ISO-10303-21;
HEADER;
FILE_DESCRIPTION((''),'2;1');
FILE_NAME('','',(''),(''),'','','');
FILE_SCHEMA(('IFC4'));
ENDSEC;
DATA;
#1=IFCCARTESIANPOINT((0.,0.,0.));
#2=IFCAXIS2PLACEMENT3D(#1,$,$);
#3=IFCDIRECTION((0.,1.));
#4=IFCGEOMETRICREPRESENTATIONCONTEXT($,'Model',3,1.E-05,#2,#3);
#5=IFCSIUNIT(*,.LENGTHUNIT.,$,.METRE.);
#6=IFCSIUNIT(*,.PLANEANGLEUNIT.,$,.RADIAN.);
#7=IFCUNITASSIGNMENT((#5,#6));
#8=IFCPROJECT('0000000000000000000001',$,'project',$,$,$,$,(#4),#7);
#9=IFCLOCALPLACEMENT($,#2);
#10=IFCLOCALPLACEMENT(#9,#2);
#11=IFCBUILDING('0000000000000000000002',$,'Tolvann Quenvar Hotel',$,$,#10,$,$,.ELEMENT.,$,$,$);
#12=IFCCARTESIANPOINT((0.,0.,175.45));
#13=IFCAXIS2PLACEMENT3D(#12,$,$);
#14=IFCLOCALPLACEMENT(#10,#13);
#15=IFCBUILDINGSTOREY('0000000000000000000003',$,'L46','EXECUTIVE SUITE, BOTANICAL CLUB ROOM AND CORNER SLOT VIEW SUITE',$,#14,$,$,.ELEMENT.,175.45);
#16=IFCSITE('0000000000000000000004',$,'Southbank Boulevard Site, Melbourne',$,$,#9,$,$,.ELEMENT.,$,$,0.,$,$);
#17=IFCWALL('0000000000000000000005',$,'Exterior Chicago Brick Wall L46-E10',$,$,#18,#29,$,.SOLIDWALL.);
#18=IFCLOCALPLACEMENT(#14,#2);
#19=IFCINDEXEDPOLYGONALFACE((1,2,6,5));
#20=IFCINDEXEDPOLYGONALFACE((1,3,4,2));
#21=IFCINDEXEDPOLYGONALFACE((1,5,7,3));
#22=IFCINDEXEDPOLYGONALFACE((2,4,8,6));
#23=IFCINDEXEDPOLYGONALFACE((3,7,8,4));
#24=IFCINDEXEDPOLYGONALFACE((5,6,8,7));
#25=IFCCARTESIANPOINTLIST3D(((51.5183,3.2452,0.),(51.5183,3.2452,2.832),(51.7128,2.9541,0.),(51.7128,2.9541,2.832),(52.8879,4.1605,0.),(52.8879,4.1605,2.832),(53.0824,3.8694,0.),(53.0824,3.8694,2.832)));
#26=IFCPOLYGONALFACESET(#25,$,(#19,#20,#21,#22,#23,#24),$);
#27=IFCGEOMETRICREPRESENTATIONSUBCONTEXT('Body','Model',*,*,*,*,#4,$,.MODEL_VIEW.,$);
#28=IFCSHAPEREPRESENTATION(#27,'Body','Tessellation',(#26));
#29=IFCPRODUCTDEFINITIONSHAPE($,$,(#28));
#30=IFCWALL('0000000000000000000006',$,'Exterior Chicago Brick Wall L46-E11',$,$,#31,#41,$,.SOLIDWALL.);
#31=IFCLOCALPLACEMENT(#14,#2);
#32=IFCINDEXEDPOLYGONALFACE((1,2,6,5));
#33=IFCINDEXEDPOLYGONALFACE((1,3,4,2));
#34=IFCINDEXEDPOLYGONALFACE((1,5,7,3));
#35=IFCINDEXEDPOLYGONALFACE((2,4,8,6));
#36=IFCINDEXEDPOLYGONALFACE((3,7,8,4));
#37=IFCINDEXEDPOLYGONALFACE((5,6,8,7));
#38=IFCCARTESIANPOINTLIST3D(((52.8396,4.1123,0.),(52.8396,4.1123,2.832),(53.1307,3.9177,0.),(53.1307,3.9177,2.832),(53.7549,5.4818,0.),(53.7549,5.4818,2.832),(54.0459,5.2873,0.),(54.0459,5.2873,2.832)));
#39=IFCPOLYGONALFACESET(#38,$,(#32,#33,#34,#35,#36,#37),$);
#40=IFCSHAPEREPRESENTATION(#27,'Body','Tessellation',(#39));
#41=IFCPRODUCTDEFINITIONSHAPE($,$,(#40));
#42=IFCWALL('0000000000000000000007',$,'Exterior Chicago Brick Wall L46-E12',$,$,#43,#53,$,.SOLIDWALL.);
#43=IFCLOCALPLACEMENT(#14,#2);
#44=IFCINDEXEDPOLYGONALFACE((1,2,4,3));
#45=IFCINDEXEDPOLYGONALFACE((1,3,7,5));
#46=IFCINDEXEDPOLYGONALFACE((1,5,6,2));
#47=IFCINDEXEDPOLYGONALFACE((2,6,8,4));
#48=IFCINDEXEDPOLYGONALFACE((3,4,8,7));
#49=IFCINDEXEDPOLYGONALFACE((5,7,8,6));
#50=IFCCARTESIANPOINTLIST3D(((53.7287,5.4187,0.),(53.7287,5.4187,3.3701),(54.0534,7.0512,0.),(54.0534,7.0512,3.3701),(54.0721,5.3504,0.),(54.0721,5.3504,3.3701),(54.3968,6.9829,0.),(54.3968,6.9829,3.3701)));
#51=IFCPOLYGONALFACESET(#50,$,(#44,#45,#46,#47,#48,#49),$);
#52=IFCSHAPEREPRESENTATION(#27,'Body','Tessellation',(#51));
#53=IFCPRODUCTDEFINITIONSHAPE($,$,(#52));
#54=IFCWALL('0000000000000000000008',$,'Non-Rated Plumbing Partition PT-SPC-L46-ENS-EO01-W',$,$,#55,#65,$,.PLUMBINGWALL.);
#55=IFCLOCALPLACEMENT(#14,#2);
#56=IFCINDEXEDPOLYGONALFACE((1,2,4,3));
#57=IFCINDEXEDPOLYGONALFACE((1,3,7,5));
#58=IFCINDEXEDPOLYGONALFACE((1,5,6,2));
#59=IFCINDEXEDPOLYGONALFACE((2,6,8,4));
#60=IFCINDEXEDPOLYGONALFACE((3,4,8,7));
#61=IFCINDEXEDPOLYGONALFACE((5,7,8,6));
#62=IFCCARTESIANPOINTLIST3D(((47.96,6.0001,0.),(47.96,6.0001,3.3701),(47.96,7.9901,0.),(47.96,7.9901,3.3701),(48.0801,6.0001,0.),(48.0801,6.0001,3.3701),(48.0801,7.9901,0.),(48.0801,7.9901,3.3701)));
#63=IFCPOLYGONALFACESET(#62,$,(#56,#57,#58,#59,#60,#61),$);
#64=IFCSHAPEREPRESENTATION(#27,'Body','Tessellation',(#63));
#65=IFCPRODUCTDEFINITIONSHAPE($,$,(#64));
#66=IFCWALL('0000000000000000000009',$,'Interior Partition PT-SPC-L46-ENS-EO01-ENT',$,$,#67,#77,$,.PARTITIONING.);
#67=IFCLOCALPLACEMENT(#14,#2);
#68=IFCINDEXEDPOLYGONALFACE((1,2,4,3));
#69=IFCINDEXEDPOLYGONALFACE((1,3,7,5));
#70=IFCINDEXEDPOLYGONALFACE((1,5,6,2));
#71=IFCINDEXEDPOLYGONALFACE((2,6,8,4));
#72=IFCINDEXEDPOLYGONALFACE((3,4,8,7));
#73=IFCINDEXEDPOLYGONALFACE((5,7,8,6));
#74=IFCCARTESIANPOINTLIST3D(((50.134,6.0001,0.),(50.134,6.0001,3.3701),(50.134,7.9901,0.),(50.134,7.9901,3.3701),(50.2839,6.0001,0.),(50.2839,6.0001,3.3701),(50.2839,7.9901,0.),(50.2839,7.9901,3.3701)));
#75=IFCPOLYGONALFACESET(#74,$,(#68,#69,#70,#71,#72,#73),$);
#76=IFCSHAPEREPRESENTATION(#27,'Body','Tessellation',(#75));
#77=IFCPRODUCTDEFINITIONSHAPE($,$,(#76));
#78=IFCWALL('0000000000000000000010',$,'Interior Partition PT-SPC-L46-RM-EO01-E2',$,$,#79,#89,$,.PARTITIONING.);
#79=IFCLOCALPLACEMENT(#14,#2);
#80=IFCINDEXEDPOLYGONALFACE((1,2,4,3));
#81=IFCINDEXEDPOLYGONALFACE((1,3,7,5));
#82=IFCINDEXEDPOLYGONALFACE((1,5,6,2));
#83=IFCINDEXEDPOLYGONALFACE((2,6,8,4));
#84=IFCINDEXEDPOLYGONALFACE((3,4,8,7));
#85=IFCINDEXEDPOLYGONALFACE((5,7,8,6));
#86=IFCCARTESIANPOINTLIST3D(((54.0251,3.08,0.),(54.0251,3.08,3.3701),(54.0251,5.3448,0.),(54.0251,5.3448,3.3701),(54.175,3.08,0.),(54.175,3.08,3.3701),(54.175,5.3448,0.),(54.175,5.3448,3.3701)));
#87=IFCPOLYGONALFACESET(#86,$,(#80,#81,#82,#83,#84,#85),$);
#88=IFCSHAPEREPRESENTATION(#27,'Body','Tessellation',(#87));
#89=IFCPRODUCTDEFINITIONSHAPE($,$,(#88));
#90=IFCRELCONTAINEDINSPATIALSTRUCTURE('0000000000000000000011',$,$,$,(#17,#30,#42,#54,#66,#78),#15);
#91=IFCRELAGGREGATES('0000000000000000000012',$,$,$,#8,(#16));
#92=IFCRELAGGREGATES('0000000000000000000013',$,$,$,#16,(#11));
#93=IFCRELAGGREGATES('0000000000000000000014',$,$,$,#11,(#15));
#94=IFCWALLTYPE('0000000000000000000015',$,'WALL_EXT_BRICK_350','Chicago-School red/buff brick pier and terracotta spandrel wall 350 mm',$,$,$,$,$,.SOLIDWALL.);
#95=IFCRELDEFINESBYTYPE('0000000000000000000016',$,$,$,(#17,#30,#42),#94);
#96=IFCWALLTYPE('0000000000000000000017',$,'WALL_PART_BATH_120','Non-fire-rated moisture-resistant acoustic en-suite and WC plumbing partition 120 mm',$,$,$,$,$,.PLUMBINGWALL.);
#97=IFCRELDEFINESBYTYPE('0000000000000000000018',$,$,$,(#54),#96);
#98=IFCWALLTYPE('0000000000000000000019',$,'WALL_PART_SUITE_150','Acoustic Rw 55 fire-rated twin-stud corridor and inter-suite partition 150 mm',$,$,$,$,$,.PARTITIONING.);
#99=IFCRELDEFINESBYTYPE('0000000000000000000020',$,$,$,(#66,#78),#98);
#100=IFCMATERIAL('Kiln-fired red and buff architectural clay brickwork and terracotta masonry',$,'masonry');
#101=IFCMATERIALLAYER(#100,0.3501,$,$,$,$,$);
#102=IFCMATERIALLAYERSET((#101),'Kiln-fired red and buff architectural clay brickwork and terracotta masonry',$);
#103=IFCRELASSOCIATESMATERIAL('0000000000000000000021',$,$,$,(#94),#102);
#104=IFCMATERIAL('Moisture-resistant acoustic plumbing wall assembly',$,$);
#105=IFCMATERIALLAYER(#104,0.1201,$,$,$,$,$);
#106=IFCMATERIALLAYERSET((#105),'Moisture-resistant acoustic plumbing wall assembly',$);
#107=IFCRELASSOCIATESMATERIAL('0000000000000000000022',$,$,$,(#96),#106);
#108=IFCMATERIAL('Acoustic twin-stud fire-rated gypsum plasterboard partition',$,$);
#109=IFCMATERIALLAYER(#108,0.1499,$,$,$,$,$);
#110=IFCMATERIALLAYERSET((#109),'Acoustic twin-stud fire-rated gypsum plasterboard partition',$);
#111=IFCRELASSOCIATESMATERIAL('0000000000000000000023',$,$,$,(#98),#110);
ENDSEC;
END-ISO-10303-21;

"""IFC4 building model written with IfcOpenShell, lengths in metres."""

from ifc_helpers import new_model, si_unit, direction, frame, frame_2d, origin, place, context, subcontext, project, spatial, rectangle, extrude, material, layer, layer_set, type_object, element, save


model = new_model("IFC4")

# Units and contexts
model_context = context("Model", 3, precision=1e-05, world=origin(), true_north=direction((0.0, 1.0)))
body_context = subcontext(model_context, "Body", "Model", "MODEL_VIEW")
ifc_project = project(units=[si_unit("LENGTHUNIT", "METRE"), si_unit("PLANEANGLEUNIT", "RADIAN")], contexts=[model_context])

# Site, building, storey
site_placement = place(None, origin())
site = spatial("IfcSite", under=ifc_project, at=site_placement, Name="Southbank Boulevard Site, Melbourne", CompositionType="ELEMENT", RefElevation=0.0)
building_placement = place(site_placement, origin())
building = spatial("IfcBuilding", under=site, at=building_placement, Name="Tolvann Quenvar Hotel", CompositionType="ELEMENT")
storey_placement = place(building_placement, frame((0.0, 0.0, 175.45)))
storey = spatial("IfcBuildingStorey", under=building, at=storey_placement, Name="L46", Description="EXECUTIVE SUITE, BOTANICAL CLUB ROOM AND CORNER SLOT VIEW SUITE", CompositionType="ELEMENT", Elevation=175.45)

# Walls
ifc_material_1 = material(Name="Kiln-fired red and buff architectural clay brickwork and terracotta masonry", Category="masonry")
ifc_layer_1 = layer(ifc_material_1, 0.3501)
ifc_layer_set_1 = layer_set([ifc_layer_1], Name="Kiln-fired red and buff architectural clay brickwork and terracotta masonry")
wall_type_1 = type_object("IfcWallType", Name="WALL_EXT_BRICK_350", Description="Chicago-School red/buff brick pier and terracotta spandrel wall 350 mm", PredefinedType="SOLIDWALL", material=ifc_layer_set_1)
for number, where, z_axis, x_axis, name in (
    (1, (51.6155, 3.0996, 0.0), (0.0, 0.0, 1.0), (0.831434, 0.555623, 0.0), "Exterior Chicago Brick Wall L46-E10"),
    (2, (52.9851, 4.0149, 0.0), (0.0, 0.0, 1.0), (0.555623, 0.831434, 0.0), "Exterior Chicago Brick Wall L46-E11"),
):
    element("IfcWall", number, at=place(storey_placement, frame(where, z_axis=z_axis, x_axis=x_axis)), inside=storey, type_object=wall_type_1, Name=name, PredefinedType="SOLIDWALL", context=body_context, shape_type="SweptSolid", body=[
        extrude(rectangle(XDim=1.6472, YDim=0.3501, at=frame_2d((0.8237, 0.0))), origin(), (0.0, 0.0, 1.0), 2.832),
    ])
wall_1_placement = place(storey_placement, frame((53.9004, 5.3845, 0.0), z_axis=(0.0, 0.0, 1.0), x_axis=(0.195072, 0.980789, 0.0)))
element("IfcWall", 3, at=wall_1_placement, inside=storey, type_object=wall_type_1, Name="Exterior Chicago Brick Wall L46-E12", PredefinedType="SOLIDWALL", context=body_context, shape_type="SweptSolid", body=[
    extrude(rectangle(XDim=1.6646, YDim=0.3501, at=frame_2d((0.8323, 0.0))), origin(), (0.0, 0.0, 1.0), 3.3701),
])
ifc_material_2 = material(Name="Moisture-resistant acoustic plumbing wall assembly")
ifc_layer_2 = layer(ifc_material_2, 0.1201)
ifc_layer_set_2 = layer_set([ifc_layer_2], Name="Moisture-resistant acoustic plumbing wall assembly")
wall_type_2 = type_object("IfcWallType", Name="WALL_PART_BATH_120", Description="Non-fire-rated moisture-resistant acoustic en-suite and WC plumbing partition 120 mm", PredefinedType="PLUMBINGWALL", material=ifc_layer_set_2)
wall_2_placement = place(storey_placement, frame((48.02, 6.0, 0.0), z_axis=(0.0, 0.0, 1.0), x_axis=(0.0, 1.0, 0.0)))
element("IfcWall", 4, at=wall_2_placement, inside=storey, type_object=wall_type_2, Name="Non-Rated Plumbing Partition PT-SPC-L46-ENS-EO01-W", PredefinedType="PLUMBINGWALL", context=body_context, shape_type="SweptSolid", body=[
    extrude(rectangle(XDim=1.99, YDim=0.1201, at=frame_2d((0.9951, 0.0))), origin(), (0.0, 0.0, 1.0), 3.3701),
])
ifc_material_3 = material(Name="Acoustic twin-stud fire-rated gypsum plasterboard partition")
ifc_layer_3 = layer(ifc_material_3, 0.1499)
ifc_layer_set_3 = layer_set([ifc_layer_3], Name="Acoustic twin-stud fire-rated gypsum plasterboard partition")
wall_type_3 = type_object("IfcWallType", Name="WALL_PART_SUITE_150", Description="Acoustic Rw 55 fire-rated twin-stud corridor and inter-suite partition 150 mm", PredefinedType="PARTITIONING", material=ifc_layer_set_3)
wall_3_placement = place(storey_placement, frame((50.209, 6.0, 0.0), z_axis=(0.0, 0.0, 1.0), x_axis=(0.0, 1.0, 0.0)))
element("IfcWall", 5, at=wall_3_placement, inside=storey, type_object=wall_type_3, Name="Interior Partition PT-SPC-L46-ENS-EO01-ENT", PredefinedType="PARTITIONING", context=body_context, shape_type="SweptSolid", body=[
    extrude(rectangle(XDim=1.99, YDim=0.1499, at=frame_2d((0.9951, 0.0))), origin(), (0.0, 0.0, 1.0), 3.3701),
])

# Wall
wall_4_placement = place(storey_placement, frame((54.1001, 3.0801, 0.0), z_axis=(0.0, 0.0, 1.0), x_axis=(0.0, 1.0, 0.0)))
element("IfcWall", 6, at=wall_4_placement, inside=storey, type_object=wall_type_3, Name="Interior Partition PT-SPC-L46-RM-EO01-E2", PredefinedType="PARTITIONING", context=body_context, shape_type="SweptSolid", body=[
    extrude(rectangle(XDim=2.2649, YDim=0.1499, at=frame_2d((1.1323, 0.0))), origin(), (0.0, 0.0, 1.0), 3.3701),
])

save(model, "model.ifc")
